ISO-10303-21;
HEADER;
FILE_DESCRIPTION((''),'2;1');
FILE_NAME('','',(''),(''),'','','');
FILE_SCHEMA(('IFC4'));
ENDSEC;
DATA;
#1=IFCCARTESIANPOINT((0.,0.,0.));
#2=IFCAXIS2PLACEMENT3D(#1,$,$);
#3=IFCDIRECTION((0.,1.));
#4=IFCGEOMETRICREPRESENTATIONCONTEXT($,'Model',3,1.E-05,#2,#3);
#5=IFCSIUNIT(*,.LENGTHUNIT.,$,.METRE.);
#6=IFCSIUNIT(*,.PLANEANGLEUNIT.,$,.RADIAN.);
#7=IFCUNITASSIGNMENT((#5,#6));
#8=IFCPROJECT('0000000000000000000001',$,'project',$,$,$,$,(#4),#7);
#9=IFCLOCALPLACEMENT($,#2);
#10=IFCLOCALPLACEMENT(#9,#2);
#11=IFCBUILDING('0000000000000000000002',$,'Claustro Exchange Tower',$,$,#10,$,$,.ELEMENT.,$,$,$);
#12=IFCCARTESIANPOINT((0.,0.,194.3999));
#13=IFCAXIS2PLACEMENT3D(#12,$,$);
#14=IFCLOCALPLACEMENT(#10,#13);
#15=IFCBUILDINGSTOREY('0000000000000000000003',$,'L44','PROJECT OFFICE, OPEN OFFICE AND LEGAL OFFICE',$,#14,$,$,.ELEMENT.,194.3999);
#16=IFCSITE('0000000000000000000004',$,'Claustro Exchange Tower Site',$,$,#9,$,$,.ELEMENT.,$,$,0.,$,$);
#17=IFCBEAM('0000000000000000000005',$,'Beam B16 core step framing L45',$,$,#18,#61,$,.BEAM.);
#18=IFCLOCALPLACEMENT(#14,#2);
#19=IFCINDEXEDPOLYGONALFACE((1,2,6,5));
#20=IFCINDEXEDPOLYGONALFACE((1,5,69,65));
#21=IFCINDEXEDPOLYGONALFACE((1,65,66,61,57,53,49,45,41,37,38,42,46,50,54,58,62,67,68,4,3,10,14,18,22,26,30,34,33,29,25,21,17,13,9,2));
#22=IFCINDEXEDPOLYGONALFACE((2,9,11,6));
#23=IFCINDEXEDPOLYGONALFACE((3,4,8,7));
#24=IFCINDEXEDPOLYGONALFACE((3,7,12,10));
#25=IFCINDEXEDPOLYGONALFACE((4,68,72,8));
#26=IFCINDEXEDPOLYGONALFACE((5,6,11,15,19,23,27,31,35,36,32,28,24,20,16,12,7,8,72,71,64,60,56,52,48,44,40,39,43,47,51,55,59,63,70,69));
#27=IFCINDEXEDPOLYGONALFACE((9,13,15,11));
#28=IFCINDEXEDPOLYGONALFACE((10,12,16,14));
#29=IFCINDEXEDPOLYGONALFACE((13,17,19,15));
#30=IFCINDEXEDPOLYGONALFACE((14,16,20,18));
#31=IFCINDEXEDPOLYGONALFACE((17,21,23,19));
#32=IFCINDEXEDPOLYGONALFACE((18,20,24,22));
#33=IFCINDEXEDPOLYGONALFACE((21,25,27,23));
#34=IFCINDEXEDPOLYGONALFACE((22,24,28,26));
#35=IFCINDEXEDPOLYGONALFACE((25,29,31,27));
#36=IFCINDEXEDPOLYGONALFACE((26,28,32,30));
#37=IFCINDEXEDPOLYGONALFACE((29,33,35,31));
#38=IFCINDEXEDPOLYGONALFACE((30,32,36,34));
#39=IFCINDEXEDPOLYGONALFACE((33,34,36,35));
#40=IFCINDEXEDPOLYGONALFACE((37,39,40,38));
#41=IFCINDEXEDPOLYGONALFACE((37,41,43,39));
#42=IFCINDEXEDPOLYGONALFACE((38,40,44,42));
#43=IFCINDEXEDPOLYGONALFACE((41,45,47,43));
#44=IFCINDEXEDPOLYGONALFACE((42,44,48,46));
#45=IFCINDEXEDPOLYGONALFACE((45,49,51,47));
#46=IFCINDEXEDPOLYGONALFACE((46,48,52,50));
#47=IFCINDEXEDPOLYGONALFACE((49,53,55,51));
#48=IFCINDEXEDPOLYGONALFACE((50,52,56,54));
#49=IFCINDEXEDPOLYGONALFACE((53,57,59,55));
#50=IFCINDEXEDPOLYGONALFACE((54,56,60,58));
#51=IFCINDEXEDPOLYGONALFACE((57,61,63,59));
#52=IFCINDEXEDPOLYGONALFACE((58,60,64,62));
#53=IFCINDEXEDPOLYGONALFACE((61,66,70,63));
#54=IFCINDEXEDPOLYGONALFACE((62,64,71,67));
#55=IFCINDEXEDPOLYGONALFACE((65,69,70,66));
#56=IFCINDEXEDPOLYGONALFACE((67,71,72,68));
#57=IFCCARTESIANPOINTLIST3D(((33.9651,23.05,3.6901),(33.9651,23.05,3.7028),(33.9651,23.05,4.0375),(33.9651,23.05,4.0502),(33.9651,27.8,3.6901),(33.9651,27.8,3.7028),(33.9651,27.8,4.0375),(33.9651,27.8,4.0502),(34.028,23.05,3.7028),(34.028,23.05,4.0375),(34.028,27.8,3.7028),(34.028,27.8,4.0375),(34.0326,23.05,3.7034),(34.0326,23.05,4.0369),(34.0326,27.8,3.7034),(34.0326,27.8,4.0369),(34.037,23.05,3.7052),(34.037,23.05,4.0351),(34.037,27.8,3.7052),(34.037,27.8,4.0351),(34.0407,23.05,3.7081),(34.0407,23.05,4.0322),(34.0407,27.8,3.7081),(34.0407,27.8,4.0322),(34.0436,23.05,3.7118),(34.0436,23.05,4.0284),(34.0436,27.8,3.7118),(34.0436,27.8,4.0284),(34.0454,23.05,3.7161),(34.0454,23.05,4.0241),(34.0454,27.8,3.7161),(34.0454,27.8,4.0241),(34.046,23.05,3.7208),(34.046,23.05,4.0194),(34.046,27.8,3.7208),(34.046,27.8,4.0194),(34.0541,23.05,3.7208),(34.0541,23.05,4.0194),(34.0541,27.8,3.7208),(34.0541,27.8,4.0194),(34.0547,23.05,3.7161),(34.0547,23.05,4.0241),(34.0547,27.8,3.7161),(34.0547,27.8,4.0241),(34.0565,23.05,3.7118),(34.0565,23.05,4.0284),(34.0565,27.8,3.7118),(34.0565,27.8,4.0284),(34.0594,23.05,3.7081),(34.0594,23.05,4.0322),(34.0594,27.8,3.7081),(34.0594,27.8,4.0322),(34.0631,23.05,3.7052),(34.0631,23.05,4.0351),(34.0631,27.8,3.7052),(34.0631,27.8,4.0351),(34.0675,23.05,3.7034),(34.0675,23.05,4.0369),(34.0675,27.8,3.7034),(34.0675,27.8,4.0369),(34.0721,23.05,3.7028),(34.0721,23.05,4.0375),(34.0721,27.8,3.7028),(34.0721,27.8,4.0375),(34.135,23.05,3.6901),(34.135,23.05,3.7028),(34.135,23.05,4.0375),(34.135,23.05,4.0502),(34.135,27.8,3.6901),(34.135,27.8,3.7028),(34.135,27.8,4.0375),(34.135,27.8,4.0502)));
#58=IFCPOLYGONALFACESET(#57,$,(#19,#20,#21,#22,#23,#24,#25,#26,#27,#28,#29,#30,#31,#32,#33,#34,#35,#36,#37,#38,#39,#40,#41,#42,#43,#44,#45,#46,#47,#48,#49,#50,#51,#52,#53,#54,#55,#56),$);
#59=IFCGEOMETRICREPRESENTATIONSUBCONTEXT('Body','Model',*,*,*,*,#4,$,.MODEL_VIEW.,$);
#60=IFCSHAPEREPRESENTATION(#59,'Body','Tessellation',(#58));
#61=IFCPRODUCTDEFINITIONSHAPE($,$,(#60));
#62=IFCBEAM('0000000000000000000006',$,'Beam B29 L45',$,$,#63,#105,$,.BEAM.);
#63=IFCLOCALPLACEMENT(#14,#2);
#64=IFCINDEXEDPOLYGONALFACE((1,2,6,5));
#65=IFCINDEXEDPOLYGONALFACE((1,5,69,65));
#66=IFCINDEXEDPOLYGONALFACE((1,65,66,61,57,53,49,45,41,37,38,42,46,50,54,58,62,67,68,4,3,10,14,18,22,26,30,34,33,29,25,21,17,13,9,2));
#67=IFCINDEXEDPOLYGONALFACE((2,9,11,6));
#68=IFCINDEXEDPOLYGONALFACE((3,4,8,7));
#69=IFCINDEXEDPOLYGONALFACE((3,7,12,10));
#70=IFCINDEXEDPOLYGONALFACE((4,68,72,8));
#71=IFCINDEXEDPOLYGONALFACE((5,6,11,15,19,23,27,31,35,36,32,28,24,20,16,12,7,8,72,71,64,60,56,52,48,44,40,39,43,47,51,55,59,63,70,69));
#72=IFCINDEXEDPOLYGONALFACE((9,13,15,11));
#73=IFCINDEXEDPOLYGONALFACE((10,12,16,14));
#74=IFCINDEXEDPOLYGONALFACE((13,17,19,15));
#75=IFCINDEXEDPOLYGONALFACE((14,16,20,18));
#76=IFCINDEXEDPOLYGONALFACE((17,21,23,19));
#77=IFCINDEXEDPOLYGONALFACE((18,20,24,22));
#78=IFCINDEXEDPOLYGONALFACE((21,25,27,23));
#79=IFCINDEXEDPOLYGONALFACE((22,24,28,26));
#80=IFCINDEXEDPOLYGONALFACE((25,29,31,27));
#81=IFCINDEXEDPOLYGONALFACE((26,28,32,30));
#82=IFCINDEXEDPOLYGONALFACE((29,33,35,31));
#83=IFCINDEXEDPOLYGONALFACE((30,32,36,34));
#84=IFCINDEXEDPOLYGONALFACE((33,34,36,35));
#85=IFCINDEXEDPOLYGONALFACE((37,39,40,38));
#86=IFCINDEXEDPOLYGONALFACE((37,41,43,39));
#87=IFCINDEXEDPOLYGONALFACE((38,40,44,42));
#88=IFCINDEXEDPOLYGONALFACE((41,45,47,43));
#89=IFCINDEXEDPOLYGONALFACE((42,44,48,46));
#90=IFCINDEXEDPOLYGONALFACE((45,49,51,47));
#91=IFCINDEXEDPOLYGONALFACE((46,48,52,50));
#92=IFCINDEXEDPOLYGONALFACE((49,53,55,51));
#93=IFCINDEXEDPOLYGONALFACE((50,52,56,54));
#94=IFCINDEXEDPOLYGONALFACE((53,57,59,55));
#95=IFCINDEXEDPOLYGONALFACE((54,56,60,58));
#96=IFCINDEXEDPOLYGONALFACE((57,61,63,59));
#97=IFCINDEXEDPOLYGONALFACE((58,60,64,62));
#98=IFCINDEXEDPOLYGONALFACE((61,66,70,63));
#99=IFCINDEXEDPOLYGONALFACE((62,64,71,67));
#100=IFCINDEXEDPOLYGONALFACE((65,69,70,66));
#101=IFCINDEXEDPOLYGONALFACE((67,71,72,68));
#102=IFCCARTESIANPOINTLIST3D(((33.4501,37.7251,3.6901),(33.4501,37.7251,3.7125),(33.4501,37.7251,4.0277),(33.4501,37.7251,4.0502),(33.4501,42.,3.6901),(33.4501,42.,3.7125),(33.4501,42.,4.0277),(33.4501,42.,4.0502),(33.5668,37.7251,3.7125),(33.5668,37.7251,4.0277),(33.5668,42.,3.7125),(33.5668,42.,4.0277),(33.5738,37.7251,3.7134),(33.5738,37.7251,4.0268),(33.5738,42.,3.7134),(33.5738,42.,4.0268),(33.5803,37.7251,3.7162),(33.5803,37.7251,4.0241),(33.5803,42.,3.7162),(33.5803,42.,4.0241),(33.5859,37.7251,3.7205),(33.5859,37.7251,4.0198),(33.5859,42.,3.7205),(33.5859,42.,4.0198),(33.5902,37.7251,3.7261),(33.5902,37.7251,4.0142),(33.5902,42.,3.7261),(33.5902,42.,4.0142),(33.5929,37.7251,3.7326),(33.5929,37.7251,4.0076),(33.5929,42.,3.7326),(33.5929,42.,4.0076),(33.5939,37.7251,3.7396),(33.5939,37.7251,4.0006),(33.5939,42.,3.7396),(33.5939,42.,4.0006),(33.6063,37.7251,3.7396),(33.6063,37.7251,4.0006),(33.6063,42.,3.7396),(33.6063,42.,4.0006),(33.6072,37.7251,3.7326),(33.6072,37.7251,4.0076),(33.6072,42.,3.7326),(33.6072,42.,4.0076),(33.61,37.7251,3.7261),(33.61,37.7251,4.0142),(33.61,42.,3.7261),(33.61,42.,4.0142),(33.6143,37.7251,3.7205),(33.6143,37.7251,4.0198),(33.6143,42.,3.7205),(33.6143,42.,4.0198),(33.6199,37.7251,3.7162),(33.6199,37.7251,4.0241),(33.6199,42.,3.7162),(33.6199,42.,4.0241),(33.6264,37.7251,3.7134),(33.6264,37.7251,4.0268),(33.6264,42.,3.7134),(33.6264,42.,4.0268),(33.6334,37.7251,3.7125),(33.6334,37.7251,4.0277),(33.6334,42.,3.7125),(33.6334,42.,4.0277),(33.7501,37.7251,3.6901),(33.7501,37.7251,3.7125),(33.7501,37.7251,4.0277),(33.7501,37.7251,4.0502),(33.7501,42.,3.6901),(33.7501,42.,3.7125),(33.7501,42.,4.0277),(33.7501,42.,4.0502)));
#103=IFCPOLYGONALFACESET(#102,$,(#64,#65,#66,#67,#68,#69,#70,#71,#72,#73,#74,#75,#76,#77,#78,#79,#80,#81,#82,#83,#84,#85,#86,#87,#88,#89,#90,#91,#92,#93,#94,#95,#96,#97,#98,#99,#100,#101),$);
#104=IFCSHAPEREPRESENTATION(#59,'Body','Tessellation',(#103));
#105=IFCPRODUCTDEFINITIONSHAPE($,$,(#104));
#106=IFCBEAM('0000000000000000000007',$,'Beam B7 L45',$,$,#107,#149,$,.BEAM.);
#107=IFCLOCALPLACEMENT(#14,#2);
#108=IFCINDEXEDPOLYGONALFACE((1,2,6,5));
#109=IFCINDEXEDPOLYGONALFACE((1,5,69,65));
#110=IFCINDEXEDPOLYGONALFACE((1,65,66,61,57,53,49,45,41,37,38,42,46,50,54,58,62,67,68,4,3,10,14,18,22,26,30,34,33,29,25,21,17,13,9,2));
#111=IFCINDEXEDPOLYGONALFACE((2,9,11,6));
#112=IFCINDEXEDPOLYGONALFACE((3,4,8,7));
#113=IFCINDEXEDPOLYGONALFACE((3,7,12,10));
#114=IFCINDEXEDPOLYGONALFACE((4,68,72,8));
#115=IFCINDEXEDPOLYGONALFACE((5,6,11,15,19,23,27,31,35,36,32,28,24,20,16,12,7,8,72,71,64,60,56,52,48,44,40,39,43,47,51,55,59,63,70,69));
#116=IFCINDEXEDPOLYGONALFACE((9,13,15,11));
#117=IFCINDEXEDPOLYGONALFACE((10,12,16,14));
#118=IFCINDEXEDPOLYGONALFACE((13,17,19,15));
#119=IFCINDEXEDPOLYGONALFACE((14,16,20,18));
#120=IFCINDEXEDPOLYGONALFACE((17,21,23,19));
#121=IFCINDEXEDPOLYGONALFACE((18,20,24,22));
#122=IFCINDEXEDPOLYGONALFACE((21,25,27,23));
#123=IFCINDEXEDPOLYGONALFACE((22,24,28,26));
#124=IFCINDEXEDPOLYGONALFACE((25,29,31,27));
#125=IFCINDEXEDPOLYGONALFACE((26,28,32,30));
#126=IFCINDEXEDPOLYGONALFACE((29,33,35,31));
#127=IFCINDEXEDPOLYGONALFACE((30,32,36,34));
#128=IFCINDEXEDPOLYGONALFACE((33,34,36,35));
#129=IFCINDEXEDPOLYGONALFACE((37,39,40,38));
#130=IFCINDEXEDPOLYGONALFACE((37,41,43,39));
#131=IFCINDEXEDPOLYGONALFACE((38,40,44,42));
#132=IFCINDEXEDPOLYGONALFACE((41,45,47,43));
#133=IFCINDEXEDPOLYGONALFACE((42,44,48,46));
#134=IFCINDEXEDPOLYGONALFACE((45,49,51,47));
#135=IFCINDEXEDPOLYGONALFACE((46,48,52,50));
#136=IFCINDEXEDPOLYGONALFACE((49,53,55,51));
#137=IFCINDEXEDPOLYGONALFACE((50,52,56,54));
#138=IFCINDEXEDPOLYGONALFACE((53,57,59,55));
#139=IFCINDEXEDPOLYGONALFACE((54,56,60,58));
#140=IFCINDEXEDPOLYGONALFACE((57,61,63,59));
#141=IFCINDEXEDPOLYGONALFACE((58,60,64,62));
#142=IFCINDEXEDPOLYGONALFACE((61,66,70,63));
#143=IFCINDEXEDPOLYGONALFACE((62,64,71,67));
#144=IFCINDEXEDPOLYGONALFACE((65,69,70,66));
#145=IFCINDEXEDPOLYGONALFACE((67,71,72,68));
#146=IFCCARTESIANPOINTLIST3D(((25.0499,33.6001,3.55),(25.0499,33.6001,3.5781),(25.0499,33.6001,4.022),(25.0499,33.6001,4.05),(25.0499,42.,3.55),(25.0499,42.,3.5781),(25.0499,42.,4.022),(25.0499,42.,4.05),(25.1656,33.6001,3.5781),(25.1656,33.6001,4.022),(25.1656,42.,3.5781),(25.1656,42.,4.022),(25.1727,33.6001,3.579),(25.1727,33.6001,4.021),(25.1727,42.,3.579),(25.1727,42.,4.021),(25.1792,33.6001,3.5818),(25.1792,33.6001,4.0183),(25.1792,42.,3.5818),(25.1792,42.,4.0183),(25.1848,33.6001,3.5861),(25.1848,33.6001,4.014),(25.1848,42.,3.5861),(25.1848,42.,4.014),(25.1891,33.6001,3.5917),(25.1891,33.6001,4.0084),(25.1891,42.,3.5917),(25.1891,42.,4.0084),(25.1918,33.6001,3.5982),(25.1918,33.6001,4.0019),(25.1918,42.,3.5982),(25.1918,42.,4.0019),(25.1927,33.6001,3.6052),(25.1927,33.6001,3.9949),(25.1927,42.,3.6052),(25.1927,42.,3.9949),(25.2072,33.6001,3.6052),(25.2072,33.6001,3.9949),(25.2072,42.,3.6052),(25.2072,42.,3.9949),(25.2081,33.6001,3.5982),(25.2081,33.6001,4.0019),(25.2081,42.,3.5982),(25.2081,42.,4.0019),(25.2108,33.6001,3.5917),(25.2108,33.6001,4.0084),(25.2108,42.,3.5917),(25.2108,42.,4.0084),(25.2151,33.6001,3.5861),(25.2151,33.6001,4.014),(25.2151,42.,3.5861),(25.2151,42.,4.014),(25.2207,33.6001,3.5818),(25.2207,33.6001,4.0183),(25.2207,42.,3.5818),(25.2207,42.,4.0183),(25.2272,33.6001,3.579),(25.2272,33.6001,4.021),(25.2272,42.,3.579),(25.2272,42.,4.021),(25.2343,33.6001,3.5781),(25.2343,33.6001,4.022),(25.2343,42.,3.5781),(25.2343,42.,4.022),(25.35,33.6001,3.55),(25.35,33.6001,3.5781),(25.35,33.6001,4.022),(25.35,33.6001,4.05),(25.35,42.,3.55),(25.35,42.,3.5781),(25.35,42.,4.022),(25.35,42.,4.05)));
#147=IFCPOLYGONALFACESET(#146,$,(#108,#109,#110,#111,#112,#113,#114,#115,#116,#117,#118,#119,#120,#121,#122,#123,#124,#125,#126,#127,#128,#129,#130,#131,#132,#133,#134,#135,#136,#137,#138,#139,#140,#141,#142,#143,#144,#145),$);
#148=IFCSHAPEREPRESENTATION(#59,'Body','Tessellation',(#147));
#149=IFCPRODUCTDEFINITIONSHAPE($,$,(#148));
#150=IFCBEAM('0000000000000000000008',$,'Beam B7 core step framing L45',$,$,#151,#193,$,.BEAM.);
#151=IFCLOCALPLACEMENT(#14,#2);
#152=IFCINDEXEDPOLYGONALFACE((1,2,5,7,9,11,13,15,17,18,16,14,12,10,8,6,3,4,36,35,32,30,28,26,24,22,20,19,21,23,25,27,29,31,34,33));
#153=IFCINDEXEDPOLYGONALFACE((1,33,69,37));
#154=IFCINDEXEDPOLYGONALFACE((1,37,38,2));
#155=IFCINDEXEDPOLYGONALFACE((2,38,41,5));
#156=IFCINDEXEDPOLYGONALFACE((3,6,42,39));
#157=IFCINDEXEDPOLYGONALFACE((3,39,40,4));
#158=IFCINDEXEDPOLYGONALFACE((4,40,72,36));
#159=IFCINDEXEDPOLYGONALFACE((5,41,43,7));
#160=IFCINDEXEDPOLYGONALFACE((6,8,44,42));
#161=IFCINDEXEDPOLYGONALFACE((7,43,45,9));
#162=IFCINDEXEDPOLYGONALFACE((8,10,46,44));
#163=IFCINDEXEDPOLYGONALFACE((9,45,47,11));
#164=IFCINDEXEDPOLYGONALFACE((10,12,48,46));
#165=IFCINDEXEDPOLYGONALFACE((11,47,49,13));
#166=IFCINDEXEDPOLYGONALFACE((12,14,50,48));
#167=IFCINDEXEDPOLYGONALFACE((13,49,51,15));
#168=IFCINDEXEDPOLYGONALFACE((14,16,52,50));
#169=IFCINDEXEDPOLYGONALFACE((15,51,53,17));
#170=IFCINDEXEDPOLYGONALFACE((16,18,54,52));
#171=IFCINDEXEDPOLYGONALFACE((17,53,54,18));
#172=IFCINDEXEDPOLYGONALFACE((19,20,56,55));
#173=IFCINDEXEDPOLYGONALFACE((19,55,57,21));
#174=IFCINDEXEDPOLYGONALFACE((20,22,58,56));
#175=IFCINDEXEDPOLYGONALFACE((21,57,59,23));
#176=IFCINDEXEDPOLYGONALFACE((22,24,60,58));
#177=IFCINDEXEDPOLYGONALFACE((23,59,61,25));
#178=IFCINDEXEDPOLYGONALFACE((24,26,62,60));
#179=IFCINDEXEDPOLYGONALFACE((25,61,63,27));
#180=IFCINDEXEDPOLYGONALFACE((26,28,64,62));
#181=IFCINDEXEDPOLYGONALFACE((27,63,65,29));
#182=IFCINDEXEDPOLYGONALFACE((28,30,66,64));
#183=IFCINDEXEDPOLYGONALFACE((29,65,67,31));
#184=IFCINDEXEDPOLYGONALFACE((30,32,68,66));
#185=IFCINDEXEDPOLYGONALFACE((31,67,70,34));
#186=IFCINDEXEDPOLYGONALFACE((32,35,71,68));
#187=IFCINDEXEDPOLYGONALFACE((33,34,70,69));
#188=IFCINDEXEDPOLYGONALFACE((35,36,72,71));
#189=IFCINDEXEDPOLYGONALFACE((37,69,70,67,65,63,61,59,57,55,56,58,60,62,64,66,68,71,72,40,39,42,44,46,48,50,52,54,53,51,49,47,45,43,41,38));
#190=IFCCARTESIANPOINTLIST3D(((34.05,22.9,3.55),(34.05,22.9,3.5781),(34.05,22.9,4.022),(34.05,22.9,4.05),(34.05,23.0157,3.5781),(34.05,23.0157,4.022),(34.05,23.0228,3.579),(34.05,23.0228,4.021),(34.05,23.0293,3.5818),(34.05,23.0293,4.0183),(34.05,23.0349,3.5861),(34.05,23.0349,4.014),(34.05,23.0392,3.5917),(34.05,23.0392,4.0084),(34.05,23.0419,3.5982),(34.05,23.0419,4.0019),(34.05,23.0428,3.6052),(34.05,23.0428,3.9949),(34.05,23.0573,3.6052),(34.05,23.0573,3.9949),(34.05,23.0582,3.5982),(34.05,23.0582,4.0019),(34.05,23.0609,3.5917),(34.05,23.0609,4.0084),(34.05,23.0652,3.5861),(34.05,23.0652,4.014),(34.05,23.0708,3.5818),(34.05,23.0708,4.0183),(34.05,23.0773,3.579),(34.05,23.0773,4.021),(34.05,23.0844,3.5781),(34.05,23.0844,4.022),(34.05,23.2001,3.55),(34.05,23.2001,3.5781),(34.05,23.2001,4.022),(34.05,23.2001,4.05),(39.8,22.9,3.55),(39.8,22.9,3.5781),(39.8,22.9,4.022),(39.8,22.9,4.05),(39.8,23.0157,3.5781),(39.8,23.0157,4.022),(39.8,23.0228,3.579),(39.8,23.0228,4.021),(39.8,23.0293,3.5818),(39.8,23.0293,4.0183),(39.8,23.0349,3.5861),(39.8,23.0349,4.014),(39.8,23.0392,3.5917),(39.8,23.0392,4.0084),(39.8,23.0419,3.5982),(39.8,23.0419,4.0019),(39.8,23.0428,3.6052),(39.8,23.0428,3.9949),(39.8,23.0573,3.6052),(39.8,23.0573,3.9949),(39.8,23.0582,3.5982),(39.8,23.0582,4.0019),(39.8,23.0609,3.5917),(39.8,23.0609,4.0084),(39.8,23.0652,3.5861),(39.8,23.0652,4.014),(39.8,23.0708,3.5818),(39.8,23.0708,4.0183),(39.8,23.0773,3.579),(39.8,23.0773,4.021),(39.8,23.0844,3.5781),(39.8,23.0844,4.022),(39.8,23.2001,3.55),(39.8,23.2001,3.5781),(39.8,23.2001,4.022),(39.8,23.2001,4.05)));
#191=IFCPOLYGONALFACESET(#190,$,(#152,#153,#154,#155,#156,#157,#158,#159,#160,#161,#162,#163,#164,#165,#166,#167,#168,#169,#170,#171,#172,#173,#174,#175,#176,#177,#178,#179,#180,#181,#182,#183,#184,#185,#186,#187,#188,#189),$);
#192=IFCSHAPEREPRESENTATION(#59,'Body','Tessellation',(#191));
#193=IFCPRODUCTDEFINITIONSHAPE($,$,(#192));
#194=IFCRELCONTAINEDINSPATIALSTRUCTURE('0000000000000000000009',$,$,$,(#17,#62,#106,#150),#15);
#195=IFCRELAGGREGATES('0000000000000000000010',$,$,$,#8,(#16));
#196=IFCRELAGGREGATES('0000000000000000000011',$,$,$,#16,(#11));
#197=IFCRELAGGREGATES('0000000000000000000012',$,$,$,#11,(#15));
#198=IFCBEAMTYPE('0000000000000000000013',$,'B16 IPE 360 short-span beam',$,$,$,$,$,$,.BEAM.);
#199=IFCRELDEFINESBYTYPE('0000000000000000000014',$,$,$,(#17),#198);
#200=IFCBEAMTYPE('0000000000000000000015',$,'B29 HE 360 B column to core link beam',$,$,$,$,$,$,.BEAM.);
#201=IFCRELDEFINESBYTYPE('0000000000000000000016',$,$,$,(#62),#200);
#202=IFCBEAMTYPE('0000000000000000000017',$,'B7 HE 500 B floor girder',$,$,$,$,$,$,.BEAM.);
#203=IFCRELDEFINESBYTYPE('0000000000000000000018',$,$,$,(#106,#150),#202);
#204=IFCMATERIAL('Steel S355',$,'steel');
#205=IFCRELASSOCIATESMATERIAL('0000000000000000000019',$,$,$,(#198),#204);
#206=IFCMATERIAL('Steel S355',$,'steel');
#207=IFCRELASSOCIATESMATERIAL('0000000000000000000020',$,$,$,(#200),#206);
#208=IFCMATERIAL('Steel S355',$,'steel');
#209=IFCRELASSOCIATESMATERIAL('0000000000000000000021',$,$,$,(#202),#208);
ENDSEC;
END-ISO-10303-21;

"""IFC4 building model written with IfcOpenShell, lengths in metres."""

from ifc_helpers import new_model, si_unit, direction, frame, origin, origin_2d, place, context, subcontext, project, spatial, i_section, extrude, material, material_profile, profile_set, type_object, element, save


model = new_model("IFC4")

# Units and contexts
model_context = context("Model", 3, precision=1e-05, world=origin(), true_north=direction((0.0, 1.0)))
body_context = subcontext(model_context, "Body", "Model", "MODEL_VIEW")
ifc_project = project(units=[si_unit("LENGTHUNIT", "METRE"), si_unit("PLANEANGLEUNIT", "RADIAN")], contexts=[model_context])

# Site, building, storey
site_placement = place(None, origin())
site = spatial("IfcSite", under=ifc_project, at=site_placement, Name="Claustro Exchange Tower Site", CompositionType="ELEMENT", RefElevation=0.0)
building_placement = place(site_placement, origin())
building = spatial("IfcBuilding", under=site, at=building_placement, Name="Claustro Exchange Tower", CompositionType="ELEMENT")
storey_placement = place(building_placement, frame((0.0, 0.0, 194.3999)))
storey = spatial("IfcBuildingStorey", under=building, at=storey_placement, Name="L44", Description="PROJECT OFFICE, OPEN OFFICE AND LEGAL OFFICE", CompositionType="ELEMENT", Elevation=194.3999)

# Beams
ifc_material_1 = material(Name="Steel S355", Category="steel")
ifc_material_profile_1 = material_profile(ifc_material_1, i_section(OverallWidth=0.1699, OverallDepth=0.3601, WebThickness=0.0081, FlangeThickness=0.0127, FilletRadius=0.0181, at=origin_2d()), Name="IPE 360")
ifc_profile_set_1 = profile_set([ifc_material_profile_1], Name="Steel S355")
beam_type_1 = type_object("IfcBeamType", Name="B16 IPE 360 short-span beam", PredefinedType="BEAM", material=ifc_profile_set_1)
beam_1_placement = place(storey_placement, frame((34.05, 23.05, 3.8701), z_axis=(0.0, 1.0, 0.0), x_axis=(-1.0, 0.0, 0.0)))
element("IfcBeam", 1, at=beam_1_placement, inside=storey, type_object=beam_type_1, Name="Beam B16 core step framing L45", PredefinedType="BEAM", context=body_context, shape_type="SweptSolid", body=[
    extrude(i_section(OverallWidth=0.1699, OverallDepth=0.3601, WebThickness=0.0081, FlangeThickness=0.0127, FilletRadius=0.0181, at=origin_2d()), origin(), (0.0, 0.0, 1.0), 4.75),
])
ifc_material_2 = material(Name="Steel S355", Category="steel")
ifc_material_profile_2 = material_profile(ifc_material_2, i_section(OverallWidth=0.3, OverallDepth=0.3601, WebThickness=0.0125, FlangeThickness=0.0225, FilletRadius=0.0271, at=origin_2d()), Name="HE 360 B")
ifc_profile_set_2 = profile_set([ifc_material_profile_2], Name="Steel S355")
beam_type_2 = type_object("IfcBeamType", Name="B29 HE 360 B column to core link beam", PredefinedType="BEAM", material=ifc_profile_set_2)
beam_2_placement = place(storey_placement, frame((33.6001, 37.7251, 3.8701), z_axis=(0.0, 1.0, 0.0), x_axis=(-1.0, 0.0, 0.0)))
element("IfcBeam", 2, at=beam_2_placement, inside=storey, type_object=beam_type_2, Name="Beam B29 L45", PredefinedType="BEAM", context=body_context, shape_type="SweptSolid", body=[
    extrude(i_section(OverallWidth=0.3, OverallDepth=0.3601, WebThickness=0.0125, FlangeThickness=0.0225, FilletRadius=0.0271, at=origin_2d()), origin(), (0.0, 0.0, 1.0), 4.2749),
])
ifc_material_3 = material(Name="Steel S355", Category="steel")
ifc_material_profile_3 = material_profile(ifc_material_3, i_section(OverallWidth=0.3, OverallDepth=0.5, WebThickness=0.0144, FlangeThickness=0.0281, FilletRadius=0.0271, at=origin_2d()), Name="HE 500 B")
ifc_profile_set_3 = profile_set([ifc_material_profile_3], Name="Steel S355")
beam_type_3 = type_object("IfcBeamType", Name="B7 HE 500 B floor girder", PredefinedType="BEAM", material=ifc_profile_set_3)
beam_3_placement = place(storey_placement, frame((25.2, 33.6001, 3.8), z_axis=(0.0, 1.0, 0.0), x_axis=(-1.0, 0.0, 0.0)))
element("IfcBeam", 3, at=beam_3_placement, inside=storey, type_object=beam_type_3, Name="Beam B7 L45", PredefinedType="BEAM", context=body_context, shape_type="SweptSolid", body=[
    extrude(i_section(OverallWidth=0.3, OverallDepth=0.5, WebThickness=0.0144, FlangeThickness=0.0281, FilletRadius=0.0271, at=origin_2d()), origin(), (0.0, 0.0, 1.0), 8.3999),
])
beam_4_placement = place(storey_placement, frame((34.05, 23.05, 3.8), z_axis=(1.0, 0.0, 0.0), x_axis=(0.0, 1.0, 0.0)))
element("IfcBeam", 4, at=beam_4_placement, inside=storey, type_object=beam_type_3, Name="Beam B7 core step framing L45", PredefinedType="BEAM", context=body_context, shape_type="SweptSolid", body=[
    extrude(i_section(OverallWidth=0.3, OverallDepth=0.5, WebThickness=0.0144, FlangeThickness=0.0281, FilletRadius=0.0271, at=origin_2d()), origin(), (0.0, 0.0, 1.0), 5.75),
])

save(model, "model.ifc")
